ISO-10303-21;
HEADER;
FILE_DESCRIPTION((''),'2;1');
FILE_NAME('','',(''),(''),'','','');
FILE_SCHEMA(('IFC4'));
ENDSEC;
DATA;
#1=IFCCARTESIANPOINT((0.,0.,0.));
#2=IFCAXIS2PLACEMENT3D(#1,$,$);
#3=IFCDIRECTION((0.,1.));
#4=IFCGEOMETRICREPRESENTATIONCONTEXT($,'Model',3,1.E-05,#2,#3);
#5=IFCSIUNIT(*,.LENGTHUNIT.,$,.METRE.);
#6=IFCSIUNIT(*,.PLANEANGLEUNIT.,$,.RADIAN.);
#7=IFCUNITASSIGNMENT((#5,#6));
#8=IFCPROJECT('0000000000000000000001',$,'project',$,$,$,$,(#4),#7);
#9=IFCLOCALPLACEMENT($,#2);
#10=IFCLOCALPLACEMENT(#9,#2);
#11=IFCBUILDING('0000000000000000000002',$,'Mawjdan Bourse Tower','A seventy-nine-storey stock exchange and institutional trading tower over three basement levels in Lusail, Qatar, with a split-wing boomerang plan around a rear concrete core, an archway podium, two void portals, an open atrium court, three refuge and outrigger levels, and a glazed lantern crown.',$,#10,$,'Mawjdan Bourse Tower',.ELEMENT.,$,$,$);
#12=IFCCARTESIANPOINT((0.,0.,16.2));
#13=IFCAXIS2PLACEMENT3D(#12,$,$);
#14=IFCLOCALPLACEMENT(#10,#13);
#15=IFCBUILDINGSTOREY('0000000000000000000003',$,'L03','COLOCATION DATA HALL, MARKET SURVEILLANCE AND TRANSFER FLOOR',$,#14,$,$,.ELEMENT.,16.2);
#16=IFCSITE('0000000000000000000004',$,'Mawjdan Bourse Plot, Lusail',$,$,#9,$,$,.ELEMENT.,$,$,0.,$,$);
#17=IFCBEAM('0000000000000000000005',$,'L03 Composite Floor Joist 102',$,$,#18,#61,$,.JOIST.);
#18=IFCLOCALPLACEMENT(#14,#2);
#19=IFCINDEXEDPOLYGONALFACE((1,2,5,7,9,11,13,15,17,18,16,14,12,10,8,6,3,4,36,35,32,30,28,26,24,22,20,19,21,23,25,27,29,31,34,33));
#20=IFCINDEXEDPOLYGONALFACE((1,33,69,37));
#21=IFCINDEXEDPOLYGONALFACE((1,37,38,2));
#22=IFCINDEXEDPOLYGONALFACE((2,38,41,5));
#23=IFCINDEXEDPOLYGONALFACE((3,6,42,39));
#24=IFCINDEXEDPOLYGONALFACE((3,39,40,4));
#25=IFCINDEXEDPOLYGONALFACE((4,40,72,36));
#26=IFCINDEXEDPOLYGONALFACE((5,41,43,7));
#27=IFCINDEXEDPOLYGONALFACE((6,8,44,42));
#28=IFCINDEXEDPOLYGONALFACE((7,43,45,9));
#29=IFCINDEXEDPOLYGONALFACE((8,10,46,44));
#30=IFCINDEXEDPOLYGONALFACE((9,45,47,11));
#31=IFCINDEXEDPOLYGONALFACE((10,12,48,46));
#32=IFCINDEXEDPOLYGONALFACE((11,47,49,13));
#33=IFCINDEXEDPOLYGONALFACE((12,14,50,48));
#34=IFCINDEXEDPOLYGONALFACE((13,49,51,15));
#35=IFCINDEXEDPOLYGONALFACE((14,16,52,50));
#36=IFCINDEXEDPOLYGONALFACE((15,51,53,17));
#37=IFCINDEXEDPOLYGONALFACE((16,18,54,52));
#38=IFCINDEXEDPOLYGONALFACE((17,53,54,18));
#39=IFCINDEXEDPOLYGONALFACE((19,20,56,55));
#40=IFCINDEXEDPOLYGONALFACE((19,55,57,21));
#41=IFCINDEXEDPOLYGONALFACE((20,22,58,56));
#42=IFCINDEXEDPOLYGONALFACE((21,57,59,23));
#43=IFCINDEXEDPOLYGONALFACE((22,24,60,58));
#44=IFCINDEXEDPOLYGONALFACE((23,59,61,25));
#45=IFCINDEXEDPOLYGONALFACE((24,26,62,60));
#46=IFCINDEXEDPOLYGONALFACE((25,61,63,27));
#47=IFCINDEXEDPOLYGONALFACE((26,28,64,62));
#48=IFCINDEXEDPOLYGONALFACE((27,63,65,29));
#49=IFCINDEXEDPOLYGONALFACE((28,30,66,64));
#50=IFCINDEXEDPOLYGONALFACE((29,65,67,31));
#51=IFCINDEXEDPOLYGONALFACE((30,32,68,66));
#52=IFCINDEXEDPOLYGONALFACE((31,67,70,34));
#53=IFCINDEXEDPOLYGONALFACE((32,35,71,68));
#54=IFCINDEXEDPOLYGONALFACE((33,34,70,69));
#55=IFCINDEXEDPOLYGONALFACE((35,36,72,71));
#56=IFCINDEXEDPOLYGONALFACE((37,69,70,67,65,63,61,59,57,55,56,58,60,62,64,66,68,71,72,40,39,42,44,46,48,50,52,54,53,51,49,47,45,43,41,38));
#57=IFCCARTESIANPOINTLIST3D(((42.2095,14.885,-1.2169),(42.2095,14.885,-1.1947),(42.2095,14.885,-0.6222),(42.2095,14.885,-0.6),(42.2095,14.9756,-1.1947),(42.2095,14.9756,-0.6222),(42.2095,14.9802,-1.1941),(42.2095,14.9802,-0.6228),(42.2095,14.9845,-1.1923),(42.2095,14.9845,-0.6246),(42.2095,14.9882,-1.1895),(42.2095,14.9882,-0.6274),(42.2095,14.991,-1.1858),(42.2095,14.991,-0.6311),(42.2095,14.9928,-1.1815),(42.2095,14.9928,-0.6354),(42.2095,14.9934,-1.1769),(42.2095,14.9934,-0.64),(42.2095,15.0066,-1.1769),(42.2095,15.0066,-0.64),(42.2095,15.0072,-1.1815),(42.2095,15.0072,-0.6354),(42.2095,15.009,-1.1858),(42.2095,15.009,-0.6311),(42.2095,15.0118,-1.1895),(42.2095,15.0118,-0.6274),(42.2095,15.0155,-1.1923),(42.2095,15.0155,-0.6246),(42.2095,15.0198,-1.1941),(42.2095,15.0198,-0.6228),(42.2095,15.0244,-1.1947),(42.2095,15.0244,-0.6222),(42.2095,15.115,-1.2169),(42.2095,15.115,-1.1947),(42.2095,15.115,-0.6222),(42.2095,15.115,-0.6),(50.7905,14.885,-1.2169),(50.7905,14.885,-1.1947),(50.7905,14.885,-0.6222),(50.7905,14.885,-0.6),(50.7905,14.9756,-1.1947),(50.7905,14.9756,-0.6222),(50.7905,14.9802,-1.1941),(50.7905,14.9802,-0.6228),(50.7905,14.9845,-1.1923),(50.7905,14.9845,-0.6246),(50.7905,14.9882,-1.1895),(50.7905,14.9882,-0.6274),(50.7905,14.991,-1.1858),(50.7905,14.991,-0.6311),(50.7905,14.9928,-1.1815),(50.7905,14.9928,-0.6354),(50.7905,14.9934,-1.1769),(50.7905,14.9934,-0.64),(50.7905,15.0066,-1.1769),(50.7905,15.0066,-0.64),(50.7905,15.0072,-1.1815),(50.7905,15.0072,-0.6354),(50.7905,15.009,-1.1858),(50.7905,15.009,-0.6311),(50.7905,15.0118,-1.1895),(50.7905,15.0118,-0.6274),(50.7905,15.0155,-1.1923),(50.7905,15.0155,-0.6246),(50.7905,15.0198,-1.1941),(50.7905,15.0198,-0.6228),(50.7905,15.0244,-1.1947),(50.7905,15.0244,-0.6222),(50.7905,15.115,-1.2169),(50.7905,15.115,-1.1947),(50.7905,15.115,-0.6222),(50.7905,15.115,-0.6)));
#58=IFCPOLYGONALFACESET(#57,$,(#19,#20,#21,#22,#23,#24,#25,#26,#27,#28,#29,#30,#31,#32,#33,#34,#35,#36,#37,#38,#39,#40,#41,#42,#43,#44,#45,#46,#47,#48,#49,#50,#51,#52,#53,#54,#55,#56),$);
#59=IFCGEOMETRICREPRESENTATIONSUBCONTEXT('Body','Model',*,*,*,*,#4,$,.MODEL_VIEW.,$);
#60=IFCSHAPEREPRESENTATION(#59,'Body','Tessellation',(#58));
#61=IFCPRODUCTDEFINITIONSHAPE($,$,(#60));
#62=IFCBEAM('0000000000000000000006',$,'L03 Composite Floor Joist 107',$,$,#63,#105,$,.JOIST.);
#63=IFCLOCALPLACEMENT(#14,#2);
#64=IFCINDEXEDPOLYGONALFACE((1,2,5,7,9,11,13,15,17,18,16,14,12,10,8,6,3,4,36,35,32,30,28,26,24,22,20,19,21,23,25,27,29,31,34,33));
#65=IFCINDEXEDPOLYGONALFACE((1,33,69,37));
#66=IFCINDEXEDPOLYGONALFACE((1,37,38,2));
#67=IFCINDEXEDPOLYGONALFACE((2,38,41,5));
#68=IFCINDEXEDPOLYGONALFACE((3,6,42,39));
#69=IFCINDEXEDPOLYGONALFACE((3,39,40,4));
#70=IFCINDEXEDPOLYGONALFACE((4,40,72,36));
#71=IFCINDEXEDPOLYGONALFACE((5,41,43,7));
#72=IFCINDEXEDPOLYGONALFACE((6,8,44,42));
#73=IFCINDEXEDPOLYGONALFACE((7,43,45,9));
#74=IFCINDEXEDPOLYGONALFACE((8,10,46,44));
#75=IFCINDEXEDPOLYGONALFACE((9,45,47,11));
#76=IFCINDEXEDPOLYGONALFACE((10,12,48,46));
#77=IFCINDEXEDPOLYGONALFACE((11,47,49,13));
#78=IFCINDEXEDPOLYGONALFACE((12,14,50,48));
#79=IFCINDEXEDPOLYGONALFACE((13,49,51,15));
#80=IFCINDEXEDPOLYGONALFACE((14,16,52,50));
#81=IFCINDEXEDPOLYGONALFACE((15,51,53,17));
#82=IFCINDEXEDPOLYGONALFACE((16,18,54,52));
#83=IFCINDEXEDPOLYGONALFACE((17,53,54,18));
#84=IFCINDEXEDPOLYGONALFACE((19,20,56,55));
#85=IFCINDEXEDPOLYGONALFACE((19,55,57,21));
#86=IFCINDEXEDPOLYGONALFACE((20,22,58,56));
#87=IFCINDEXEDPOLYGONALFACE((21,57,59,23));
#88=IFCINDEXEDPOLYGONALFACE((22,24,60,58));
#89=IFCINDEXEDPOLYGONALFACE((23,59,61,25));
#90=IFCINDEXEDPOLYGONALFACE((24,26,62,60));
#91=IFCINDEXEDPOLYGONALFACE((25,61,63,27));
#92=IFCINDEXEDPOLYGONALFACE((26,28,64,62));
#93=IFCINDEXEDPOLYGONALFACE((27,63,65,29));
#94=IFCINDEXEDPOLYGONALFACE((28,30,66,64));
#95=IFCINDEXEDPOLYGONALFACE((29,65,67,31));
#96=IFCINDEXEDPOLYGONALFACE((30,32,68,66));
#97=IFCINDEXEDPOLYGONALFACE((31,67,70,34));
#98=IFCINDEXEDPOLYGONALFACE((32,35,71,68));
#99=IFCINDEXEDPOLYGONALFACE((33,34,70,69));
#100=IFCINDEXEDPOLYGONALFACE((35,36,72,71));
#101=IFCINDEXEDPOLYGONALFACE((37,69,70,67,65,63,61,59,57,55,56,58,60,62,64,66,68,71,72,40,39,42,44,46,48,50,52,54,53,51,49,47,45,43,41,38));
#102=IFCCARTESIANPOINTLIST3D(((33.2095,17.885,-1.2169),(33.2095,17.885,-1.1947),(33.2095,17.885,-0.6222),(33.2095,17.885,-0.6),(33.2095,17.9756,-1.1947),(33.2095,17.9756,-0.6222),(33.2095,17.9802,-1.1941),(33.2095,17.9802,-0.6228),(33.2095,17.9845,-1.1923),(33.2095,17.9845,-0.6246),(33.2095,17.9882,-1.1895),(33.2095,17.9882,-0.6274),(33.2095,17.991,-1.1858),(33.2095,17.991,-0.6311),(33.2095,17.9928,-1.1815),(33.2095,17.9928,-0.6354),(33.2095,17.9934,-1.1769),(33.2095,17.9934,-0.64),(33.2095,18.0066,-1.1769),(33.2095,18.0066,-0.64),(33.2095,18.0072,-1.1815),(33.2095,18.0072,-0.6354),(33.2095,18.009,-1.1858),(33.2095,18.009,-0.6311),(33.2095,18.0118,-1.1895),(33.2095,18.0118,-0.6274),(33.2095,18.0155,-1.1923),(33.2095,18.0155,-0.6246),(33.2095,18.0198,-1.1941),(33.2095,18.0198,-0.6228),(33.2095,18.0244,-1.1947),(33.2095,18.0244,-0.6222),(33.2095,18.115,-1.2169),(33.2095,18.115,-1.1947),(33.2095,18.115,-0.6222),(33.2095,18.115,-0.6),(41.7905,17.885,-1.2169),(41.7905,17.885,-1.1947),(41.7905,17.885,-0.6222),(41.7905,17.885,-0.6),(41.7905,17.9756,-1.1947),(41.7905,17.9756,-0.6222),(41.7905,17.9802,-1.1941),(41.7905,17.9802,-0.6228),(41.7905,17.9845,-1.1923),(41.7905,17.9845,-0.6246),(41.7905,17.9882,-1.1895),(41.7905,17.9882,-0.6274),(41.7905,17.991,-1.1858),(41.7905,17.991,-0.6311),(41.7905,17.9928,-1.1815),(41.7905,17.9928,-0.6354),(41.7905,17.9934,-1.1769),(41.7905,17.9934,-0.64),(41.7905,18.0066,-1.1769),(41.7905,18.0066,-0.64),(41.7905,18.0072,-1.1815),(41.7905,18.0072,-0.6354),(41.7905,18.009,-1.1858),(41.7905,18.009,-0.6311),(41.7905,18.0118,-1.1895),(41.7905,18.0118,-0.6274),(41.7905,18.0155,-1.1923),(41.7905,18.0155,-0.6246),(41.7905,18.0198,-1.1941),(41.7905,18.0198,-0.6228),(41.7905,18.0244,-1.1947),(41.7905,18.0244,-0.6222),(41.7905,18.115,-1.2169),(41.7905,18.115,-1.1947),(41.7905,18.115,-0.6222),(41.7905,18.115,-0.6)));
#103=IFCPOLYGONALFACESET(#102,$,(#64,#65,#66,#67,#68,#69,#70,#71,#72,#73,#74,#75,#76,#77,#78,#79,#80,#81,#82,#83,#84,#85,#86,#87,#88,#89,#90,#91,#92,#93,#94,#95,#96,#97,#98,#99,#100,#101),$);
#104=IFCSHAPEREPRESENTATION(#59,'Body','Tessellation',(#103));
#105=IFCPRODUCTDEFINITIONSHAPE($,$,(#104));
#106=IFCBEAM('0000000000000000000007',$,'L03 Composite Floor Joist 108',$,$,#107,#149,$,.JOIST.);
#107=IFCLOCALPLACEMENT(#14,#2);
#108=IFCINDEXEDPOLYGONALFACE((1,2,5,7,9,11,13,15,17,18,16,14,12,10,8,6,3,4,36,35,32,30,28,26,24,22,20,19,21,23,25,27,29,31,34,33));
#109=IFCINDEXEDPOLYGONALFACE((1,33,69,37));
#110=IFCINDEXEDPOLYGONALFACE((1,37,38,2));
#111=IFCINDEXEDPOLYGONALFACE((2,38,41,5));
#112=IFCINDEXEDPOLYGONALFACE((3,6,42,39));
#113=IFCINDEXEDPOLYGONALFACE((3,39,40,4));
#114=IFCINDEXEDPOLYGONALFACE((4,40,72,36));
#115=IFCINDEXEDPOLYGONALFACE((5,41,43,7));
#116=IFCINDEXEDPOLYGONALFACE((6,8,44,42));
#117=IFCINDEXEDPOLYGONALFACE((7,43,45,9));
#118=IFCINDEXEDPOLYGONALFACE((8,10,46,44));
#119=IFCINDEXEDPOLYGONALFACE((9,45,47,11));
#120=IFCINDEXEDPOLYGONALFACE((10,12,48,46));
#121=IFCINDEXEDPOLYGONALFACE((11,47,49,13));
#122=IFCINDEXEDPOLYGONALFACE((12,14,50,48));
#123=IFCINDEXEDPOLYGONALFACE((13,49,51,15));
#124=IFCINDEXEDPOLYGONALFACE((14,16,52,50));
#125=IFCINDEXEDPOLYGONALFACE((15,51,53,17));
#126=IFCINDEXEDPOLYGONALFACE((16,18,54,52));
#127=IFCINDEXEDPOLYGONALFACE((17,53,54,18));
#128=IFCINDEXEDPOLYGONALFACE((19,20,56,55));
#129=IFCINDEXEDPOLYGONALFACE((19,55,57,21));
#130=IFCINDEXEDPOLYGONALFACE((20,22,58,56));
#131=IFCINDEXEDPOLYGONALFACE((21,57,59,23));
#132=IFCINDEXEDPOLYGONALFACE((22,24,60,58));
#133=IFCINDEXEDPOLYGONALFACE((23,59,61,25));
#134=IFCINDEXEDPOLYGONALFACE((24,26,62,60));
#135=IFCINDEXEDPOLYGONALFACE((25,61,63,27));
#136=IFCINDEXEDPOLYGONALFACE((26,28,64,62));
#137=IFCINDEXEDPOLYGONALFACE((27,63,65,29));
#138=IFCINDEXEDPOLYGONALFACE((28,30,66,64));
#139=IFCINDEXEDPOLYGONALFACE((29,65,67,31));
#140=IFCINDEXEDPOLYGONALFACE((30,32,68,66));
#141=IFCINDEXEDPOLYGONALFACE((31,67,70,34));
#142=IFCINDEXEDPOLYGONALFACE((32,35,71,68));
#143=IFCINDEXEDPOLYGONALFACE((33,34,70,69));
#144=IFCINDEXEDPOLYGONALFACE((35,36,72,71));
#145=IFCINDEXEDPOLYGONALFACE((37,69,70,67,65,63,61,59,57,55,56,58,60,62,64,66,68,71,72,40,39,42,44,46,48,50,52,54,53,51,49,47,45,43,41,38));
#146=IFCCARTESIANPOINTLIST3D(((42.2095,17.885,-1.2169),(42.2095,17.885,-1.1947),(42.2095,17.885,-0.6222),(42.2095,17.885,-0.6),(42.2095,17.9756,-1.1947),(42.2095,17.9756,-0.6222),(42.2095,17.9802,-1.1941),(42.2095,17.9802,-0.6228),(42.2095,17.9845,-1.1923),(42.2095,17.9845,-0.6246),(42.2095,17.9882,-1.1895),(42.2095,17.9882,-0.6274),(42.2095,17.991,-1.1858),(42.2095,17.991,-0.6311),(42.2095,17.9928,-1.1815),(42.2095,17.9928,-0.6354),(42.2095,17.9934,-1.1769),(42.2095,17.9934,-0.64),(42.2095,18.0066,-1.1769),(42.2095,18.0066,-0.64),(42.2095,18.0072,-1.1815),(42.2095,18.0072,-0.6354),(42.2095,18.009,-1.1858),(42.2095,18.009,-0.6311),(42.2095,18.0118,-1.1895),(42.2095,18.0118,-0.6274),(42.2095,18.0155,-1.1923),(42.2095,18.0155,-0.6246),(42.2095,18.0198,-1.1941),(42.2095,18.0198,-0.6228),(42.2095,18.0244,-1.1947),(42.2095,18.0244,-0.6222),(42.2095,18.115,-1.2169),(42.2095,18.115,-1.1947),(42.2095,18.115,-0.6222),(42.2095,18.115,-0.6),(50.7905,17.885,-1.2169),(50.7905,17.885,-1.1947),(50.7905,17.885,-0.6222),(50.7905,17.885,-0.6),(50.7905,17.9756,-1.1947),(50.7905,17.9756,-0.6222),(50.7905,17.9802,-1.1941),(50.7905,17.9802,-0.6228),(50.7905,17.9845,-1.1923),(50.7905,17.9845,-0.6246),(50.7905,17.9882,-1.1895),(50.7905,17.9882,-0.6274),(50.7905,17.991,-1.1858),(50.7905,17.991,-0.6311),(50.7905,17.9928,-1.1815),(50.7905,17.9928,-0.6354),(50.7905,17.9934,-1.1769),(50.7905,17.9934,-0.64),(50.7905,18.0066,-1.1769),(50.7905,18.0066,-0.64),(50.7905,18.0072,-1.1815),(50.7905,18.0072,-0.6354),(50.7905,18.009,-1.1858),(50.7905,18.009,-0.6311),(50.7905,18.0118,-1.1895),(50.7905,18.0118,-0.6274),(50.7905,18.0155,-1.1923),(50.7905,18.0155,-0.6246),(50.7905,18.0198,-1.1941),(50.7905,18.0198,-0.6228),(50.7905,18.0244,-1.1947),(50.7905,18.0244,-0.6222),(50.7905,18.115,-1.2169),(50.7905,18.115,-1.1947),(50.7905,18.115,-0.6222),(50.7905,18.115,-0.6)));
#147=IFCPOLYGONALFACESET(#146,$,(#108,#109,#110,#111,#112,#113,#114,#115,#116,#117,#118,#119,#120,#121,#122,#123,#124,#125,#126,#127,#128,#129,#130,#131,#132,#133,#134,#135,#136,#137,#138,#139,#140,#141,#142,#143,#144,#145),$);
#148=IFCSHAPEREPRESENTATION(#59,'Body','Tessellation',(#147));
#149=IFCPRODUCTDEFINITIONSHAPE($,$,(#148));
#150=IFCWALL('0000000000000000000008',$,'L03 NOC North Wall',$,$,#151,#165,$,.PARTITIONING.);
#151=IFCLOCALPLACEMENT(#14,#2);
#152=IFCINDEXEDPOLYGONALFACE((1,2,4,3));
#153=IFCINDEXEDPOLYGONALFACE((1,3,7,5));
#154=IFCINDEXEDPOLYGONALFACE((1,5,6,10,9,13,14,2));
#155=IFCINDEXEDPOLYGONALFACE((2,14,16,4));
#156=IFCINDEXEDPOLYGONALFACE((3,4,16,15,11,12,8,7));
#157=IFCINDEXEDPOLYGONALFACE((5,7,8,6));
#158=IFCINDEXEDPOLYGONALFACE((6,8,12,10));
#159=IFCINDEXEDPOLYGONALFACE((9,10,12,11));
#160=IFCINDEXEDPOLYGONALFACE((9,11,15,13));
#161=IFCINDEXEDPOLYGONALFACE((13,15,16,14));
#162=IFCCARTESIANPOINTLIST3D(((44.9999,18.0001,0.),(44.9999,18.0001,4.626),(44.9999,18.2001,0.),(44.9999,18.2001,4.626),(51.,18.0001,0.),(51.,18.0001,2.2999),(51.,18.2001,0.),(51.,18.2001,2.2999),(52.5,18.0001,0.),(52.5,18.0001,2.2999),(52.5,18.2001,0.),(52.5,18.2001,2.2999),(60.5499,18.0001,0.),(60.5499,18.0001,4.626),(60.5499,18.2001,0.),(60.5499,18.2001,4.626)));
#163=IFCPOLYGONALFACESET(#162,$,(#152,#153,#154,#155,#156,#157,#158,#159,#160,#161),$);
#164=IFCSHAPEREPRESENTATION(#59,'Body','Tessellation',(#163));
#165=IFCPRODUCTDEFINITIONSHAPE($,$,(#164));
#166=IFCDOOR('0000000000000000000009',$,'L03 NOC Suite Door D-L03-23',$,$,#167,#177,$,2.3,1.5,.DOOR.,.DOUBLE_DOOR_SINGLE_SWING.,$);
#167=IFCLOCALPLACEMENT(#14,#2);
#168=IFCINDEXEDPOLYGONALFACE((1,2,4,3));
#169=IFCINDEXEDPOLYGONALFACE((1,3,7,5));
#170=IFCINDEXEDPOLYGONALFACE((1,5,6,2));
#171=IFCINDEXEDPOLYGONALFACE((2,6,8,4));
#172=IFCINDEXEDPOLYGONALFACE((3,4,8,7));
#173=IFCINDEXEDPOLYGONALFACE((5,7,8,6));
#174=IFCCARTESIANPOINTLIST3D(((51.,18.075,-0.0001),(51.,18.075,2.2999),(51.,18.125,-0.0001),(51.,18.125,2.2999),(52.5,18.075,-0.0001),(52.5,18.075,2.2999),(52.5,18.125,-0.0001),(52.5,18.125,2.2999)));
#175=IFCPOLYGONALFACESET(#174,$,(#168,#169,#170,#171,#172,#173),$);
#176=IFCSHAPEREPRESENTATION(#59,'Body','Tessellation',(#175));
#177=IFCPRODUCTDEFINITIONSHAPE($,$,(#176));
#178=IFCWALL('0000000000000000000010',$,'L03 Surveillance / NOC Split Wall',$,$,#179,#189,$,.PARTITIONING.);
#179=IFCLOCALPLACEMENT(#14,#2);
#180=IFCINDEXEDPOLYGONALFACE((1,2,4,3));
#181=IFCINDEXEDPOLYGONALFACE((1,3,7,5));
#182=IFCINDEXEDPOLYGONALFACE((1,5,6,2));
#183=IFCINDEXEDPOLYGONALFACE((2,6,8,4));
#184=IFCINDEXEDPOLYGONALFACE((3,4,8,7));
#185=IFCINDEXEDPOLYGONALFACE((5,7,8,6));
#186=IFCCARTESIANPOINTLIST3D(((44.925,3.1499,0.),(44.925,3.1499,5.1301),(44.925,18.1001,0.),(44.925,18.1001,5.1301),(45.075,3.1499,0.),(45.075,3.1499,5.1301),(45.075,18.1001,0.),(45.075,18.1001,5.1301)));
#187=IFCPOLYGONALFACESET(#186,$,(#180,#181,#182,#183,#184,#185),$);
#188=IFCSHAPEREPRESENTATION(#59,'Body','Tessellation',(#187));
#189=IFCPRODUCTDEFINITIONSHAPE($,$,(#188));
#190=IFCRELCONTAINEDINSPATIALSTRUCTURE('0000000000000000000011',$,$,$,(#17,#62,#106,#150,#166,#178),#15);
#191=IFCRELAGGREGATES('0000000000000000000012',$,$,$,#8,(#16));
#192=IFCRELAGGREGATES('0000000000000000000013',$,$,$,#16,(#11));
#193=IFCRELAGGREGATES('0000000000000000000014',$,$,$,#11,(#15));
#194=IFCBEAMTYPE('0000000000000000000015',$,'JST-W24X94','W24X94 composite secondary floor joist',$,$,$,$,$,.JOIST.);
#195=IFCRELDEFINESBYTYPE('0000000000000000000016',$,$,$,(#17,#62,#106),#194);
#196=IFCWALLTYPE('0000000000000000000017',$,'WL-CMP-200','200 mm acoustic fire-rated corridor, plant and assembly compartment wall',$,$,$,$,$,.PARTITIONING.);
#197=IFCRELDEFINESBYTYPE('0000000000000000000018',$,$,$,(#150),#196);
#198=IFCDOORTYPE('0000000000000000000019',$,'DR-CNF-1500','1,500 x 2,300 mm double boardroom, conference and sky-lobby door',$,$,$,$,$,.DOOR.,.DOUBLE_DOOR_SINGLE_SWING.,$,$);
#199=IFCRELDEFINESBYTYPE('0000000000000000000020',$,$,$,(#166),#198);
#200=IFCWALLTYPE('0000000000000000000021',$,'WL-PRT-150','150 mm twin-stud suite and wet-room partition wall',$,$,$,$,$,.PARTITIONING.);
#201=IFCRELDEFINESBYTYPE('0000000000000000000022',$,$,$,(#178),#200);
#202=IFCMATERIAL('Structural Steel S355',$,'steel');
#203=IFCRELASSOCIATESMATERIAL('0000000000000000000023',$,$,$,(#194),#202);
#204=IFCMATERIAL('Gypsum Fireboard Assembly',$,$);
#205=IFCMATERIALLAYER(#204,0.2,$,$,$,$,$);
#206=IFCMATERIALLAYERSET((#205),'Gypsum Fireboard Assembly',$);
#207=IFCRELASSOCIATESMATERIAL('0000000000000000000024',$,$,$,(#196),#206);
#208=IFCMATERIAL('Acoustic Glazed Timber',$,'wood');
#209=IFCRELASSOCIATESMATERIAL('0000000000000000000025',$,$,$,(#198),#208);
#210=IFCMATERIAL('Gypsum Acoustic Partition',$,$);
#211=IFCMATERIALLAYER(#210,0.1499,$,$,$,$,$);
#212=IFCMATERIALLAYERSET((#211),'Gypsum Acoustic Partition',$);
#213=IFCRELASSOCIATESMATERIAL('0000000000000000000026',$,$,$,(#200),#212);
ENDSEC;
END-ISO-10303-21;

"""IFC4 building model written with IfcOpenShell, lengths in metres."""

from ifc_helpers import new_model, si_unit, direction, frame, frame_2d, origin, origin_2d, place, context, subcontext, project, spatial, rectangle, i_section, extrude, material, layer, layer_set, material_profile, profile_set, type_object, element, fill, save


model = new_model("IFC4")

# Units and contexts
model_context = context("Model", 3, precision=1e-05, world=origin(), true_north=direction((0.0, 1.0)))
body_context = subcontext(model_context, "Body", "Model", "MODEL_VIEW")
ifc_project = project(units=[si_unit("LENGTHUNIT", "METRE"), si_unit("PLANEANGLEUNIT", "RADIAN")], contexts=[model_context])

# Site, building, storey
site_placement = place(None, origin())
site = spatial("IfcSite", under=ifc_project, at=site_placement, Name="Mawjdan Bourse Plot, Lusail", CompositionType="ELEMENT", RefElevation=0.0)
building_placement = place(site_placement, origin())
building = spatial("IfcBuilding", under=site, at=building_placement, Name="Mawjdan Bourse Tower", Description="A seventy-nine-storey stock exchange and institutional trading tower over three basement levels in Lusail, Qatar, with a split-wing boomerang plan around a rear concrete core, an archway podium, two void portals, an open atrium court, three refuge and outrigger levels, and a glazed lantern crown.", LongName="Mawjdan Bourse Tower", CompositionType="ELEMENT")
storey_placement = place(building_placement, frame((0.0, 0.0, 16.2)))
storey = spatial("IfcBuildingStorey", under=building, at=storey_placement, Name="L03", Description="COLOCATION DATA HALL, MARKET SURVEILLANCE AND TRANSFER FLOOR", CompositionType="ELEMENT", Elevation=16.2)

# Beams
ifc_material_1 = material(Name="Structural Steel S355", Category="steel")
ifc_material_profile_1 = material_profile(ifc_material_1, i_section(OverallWidth=0.23, OverallDepth=0.6169, WebThickness=0.0132, FlangeThickness=0.0222, FilletRadius=0.0178, at=origin_2d()), Name="W24X94")
ifc_profile_set_1 = profile_set([ifc_material_profile_1], Name="Structural Steel S355")
beam_type_1 = type_object("IfcBeamType", Name="JST-W24X94", Description="W24X94 composite secondary floor joist", PredefinedType="JOIST", material=ifc_profile_set_1)
for number, where, z_axis, x_axis, name in (
    (1, (42.2095, 15.0, -0.9084), (1.0, 0.0, 0.0), (0.0, 1.0, 0.0), "L03 Composite Floor Joist 102"),
    (2, (33.2095, 18.0, -0.9084), (1.0, 0.0, 0.0), (0.0, 1.0, 0.0), "L03 Composite Floor Joist 107"),
    (3, (42.2095, 18.0, -0.9084), (1.0, 0.0, 0.0), (0.0, 1.0, 0.0), "L03 Composite Floor Joist 108"),
):
    element("IfcBeam", number, at=place(storey_placement, frame(where, z_axis=z_axis, x_axis=x_axis)), inside=storey, type_object=beam_type_1, Name=name, PredefinedType="JOIST", context=body_context, shape_type="SweptSolid", body=[
        extrude(i_section(OverallWidth=0.23, OverallDepth=0.6169, WebThickness=0.0132, FlangeThickness=0.0222, FilletRadius=0.0178, at=origin_2d()), origin(), (0.0, 0.0, 1.0), 8.5811),
    ])

# Wall, opening, door
ifc_material_2 = material(Name="Gypsum Fireboard Assembly")
ifc_layer_1 = layer(ifc_material_2, 0.2)
ifc_layer_set_1 = layer_set([ifc_layer_1], Name="Gypsum Fireboard Assembly")
wall_type_1 = type_object("IfcWallType", Name="WL-CMP-200", Description="200 mm acoustic fire-rated corridor, plant and assembly compartment wall", PredefinedType="PARTITIONING", material=ifc_layer_set_1)
wall_1_placement = place(storey_placement, frame((45.0, 18.1001, 0.0), z_axis=(0.0, 0.0, 1.0), x_axis=(1.0, 0.0, 0.0)))
wall_1 = element("IfcWall", 4, at=wall_1_placement, inside=storey, type_object=wall_type_1, Name="L03 NOC North Wall", PredefinedType="PARTITIONING", context=body_context, shape_type="SweptSolid", body=[
    extrude(rectangle(XDim=15.55, YDim=0.2, at=frame_2d((7.7749, 0.0))), origin(), (0.0, 0.0, 1.0), 4.626),
])
opening_placement = place(wall_1_placement, frame((6.0, 0.0, 0.0)))
opening = element("IfcOpeningElement", 5, at=opening_placement, cuts=wall_1, PredefinedType="OPENING", context=body_context, shape_type="SweptSolid", body=[
    extrude(rectangle(XDim=1.5, YDim=2.3, at=frame_2d((0.75, 1.1499))), frame((0.0, 0.1099, 0.0), z_axis=(0.0, -1.0, 0.0), x_axis=(1.0, 0.0, 0.0)), (0.0, 0.0, 1.0), 0.22),
])
ifc_material_3 = material(Name="Acoustic Glazed Timber", Category="wood")
door_type = type_object("IfcDoorType", Name="DR-CNF-1500", Description="1,500 x 2,300 mm double boardroom, conference and sky-lobby door", OperationType="DOUBLE_DOOR_SINGLE_SWING", PredefinedType="DOOR", material=ifc_material_3)
door_placement = place(opening_placement, origin())
door = element("IfcDoor", 6, at=door_placement, inside=storey, type_object=door_type, Name="L03 NOC Suite Door D-L03-23", OperationType="DOUBLE_DOOR_SINGLE_SWING", OverallHeight=2.3, OverallWidth=1.5, PredefinedType="DOOR", context=body_context, shape_type="SweptSolid", body=[
    extrude(rectangle(XDim=1.5, YDim=2.3, at=frame_2d((0.75, 1.1499))), frame((0.0, 0.0249, 0.0), z_axis=(0.0, -1.0, 0.0), x_axis=(1.0, 0.0, 0.0)), (0.0, 0.0, 1.0), 0.05),
])
fill(opening, door)

# Wall
ifc_material_4 = material(Name="Gypsum Acoustic Partition")
ifc_layer_2 = layer(ifc_material_4, 0.1499)
ifc_layer_set_2 = layer_set([ifc_layer_2], Name="Gypsum Acoustic Partition")
wall_type_2 = type_object("IfcWallType", Name="WL-PRT-150", Description="150 mm twin-stud suite and wet-room partition wall", PredefinedType="PARTITIONING", material=ifc_layer_set_2)
wall_2_placement = place(storey_placement, frame((45.0, 3.1499, 0.0), z_axis=(0.0, 0.0, 1.0), x_axis=(0.0, 1.0, 0.0)))
element("IfcWall", 7, at=wall_2_placement, inside=storey, type_object=wall_type_2, Name="L03 Surveillance / NOC Split Wall", PredefinedType="PARTITIONING", context=body_context, shape_type="SweptSolid", body=[
    extrude(rectangle(XDim=14.9502, YDim=0.1499, at=frame_2d((7.4751, 0.0))), origin(), (0.0, 0.0, 1.0), 5.1301),
])

save(model, "model.ifc")
